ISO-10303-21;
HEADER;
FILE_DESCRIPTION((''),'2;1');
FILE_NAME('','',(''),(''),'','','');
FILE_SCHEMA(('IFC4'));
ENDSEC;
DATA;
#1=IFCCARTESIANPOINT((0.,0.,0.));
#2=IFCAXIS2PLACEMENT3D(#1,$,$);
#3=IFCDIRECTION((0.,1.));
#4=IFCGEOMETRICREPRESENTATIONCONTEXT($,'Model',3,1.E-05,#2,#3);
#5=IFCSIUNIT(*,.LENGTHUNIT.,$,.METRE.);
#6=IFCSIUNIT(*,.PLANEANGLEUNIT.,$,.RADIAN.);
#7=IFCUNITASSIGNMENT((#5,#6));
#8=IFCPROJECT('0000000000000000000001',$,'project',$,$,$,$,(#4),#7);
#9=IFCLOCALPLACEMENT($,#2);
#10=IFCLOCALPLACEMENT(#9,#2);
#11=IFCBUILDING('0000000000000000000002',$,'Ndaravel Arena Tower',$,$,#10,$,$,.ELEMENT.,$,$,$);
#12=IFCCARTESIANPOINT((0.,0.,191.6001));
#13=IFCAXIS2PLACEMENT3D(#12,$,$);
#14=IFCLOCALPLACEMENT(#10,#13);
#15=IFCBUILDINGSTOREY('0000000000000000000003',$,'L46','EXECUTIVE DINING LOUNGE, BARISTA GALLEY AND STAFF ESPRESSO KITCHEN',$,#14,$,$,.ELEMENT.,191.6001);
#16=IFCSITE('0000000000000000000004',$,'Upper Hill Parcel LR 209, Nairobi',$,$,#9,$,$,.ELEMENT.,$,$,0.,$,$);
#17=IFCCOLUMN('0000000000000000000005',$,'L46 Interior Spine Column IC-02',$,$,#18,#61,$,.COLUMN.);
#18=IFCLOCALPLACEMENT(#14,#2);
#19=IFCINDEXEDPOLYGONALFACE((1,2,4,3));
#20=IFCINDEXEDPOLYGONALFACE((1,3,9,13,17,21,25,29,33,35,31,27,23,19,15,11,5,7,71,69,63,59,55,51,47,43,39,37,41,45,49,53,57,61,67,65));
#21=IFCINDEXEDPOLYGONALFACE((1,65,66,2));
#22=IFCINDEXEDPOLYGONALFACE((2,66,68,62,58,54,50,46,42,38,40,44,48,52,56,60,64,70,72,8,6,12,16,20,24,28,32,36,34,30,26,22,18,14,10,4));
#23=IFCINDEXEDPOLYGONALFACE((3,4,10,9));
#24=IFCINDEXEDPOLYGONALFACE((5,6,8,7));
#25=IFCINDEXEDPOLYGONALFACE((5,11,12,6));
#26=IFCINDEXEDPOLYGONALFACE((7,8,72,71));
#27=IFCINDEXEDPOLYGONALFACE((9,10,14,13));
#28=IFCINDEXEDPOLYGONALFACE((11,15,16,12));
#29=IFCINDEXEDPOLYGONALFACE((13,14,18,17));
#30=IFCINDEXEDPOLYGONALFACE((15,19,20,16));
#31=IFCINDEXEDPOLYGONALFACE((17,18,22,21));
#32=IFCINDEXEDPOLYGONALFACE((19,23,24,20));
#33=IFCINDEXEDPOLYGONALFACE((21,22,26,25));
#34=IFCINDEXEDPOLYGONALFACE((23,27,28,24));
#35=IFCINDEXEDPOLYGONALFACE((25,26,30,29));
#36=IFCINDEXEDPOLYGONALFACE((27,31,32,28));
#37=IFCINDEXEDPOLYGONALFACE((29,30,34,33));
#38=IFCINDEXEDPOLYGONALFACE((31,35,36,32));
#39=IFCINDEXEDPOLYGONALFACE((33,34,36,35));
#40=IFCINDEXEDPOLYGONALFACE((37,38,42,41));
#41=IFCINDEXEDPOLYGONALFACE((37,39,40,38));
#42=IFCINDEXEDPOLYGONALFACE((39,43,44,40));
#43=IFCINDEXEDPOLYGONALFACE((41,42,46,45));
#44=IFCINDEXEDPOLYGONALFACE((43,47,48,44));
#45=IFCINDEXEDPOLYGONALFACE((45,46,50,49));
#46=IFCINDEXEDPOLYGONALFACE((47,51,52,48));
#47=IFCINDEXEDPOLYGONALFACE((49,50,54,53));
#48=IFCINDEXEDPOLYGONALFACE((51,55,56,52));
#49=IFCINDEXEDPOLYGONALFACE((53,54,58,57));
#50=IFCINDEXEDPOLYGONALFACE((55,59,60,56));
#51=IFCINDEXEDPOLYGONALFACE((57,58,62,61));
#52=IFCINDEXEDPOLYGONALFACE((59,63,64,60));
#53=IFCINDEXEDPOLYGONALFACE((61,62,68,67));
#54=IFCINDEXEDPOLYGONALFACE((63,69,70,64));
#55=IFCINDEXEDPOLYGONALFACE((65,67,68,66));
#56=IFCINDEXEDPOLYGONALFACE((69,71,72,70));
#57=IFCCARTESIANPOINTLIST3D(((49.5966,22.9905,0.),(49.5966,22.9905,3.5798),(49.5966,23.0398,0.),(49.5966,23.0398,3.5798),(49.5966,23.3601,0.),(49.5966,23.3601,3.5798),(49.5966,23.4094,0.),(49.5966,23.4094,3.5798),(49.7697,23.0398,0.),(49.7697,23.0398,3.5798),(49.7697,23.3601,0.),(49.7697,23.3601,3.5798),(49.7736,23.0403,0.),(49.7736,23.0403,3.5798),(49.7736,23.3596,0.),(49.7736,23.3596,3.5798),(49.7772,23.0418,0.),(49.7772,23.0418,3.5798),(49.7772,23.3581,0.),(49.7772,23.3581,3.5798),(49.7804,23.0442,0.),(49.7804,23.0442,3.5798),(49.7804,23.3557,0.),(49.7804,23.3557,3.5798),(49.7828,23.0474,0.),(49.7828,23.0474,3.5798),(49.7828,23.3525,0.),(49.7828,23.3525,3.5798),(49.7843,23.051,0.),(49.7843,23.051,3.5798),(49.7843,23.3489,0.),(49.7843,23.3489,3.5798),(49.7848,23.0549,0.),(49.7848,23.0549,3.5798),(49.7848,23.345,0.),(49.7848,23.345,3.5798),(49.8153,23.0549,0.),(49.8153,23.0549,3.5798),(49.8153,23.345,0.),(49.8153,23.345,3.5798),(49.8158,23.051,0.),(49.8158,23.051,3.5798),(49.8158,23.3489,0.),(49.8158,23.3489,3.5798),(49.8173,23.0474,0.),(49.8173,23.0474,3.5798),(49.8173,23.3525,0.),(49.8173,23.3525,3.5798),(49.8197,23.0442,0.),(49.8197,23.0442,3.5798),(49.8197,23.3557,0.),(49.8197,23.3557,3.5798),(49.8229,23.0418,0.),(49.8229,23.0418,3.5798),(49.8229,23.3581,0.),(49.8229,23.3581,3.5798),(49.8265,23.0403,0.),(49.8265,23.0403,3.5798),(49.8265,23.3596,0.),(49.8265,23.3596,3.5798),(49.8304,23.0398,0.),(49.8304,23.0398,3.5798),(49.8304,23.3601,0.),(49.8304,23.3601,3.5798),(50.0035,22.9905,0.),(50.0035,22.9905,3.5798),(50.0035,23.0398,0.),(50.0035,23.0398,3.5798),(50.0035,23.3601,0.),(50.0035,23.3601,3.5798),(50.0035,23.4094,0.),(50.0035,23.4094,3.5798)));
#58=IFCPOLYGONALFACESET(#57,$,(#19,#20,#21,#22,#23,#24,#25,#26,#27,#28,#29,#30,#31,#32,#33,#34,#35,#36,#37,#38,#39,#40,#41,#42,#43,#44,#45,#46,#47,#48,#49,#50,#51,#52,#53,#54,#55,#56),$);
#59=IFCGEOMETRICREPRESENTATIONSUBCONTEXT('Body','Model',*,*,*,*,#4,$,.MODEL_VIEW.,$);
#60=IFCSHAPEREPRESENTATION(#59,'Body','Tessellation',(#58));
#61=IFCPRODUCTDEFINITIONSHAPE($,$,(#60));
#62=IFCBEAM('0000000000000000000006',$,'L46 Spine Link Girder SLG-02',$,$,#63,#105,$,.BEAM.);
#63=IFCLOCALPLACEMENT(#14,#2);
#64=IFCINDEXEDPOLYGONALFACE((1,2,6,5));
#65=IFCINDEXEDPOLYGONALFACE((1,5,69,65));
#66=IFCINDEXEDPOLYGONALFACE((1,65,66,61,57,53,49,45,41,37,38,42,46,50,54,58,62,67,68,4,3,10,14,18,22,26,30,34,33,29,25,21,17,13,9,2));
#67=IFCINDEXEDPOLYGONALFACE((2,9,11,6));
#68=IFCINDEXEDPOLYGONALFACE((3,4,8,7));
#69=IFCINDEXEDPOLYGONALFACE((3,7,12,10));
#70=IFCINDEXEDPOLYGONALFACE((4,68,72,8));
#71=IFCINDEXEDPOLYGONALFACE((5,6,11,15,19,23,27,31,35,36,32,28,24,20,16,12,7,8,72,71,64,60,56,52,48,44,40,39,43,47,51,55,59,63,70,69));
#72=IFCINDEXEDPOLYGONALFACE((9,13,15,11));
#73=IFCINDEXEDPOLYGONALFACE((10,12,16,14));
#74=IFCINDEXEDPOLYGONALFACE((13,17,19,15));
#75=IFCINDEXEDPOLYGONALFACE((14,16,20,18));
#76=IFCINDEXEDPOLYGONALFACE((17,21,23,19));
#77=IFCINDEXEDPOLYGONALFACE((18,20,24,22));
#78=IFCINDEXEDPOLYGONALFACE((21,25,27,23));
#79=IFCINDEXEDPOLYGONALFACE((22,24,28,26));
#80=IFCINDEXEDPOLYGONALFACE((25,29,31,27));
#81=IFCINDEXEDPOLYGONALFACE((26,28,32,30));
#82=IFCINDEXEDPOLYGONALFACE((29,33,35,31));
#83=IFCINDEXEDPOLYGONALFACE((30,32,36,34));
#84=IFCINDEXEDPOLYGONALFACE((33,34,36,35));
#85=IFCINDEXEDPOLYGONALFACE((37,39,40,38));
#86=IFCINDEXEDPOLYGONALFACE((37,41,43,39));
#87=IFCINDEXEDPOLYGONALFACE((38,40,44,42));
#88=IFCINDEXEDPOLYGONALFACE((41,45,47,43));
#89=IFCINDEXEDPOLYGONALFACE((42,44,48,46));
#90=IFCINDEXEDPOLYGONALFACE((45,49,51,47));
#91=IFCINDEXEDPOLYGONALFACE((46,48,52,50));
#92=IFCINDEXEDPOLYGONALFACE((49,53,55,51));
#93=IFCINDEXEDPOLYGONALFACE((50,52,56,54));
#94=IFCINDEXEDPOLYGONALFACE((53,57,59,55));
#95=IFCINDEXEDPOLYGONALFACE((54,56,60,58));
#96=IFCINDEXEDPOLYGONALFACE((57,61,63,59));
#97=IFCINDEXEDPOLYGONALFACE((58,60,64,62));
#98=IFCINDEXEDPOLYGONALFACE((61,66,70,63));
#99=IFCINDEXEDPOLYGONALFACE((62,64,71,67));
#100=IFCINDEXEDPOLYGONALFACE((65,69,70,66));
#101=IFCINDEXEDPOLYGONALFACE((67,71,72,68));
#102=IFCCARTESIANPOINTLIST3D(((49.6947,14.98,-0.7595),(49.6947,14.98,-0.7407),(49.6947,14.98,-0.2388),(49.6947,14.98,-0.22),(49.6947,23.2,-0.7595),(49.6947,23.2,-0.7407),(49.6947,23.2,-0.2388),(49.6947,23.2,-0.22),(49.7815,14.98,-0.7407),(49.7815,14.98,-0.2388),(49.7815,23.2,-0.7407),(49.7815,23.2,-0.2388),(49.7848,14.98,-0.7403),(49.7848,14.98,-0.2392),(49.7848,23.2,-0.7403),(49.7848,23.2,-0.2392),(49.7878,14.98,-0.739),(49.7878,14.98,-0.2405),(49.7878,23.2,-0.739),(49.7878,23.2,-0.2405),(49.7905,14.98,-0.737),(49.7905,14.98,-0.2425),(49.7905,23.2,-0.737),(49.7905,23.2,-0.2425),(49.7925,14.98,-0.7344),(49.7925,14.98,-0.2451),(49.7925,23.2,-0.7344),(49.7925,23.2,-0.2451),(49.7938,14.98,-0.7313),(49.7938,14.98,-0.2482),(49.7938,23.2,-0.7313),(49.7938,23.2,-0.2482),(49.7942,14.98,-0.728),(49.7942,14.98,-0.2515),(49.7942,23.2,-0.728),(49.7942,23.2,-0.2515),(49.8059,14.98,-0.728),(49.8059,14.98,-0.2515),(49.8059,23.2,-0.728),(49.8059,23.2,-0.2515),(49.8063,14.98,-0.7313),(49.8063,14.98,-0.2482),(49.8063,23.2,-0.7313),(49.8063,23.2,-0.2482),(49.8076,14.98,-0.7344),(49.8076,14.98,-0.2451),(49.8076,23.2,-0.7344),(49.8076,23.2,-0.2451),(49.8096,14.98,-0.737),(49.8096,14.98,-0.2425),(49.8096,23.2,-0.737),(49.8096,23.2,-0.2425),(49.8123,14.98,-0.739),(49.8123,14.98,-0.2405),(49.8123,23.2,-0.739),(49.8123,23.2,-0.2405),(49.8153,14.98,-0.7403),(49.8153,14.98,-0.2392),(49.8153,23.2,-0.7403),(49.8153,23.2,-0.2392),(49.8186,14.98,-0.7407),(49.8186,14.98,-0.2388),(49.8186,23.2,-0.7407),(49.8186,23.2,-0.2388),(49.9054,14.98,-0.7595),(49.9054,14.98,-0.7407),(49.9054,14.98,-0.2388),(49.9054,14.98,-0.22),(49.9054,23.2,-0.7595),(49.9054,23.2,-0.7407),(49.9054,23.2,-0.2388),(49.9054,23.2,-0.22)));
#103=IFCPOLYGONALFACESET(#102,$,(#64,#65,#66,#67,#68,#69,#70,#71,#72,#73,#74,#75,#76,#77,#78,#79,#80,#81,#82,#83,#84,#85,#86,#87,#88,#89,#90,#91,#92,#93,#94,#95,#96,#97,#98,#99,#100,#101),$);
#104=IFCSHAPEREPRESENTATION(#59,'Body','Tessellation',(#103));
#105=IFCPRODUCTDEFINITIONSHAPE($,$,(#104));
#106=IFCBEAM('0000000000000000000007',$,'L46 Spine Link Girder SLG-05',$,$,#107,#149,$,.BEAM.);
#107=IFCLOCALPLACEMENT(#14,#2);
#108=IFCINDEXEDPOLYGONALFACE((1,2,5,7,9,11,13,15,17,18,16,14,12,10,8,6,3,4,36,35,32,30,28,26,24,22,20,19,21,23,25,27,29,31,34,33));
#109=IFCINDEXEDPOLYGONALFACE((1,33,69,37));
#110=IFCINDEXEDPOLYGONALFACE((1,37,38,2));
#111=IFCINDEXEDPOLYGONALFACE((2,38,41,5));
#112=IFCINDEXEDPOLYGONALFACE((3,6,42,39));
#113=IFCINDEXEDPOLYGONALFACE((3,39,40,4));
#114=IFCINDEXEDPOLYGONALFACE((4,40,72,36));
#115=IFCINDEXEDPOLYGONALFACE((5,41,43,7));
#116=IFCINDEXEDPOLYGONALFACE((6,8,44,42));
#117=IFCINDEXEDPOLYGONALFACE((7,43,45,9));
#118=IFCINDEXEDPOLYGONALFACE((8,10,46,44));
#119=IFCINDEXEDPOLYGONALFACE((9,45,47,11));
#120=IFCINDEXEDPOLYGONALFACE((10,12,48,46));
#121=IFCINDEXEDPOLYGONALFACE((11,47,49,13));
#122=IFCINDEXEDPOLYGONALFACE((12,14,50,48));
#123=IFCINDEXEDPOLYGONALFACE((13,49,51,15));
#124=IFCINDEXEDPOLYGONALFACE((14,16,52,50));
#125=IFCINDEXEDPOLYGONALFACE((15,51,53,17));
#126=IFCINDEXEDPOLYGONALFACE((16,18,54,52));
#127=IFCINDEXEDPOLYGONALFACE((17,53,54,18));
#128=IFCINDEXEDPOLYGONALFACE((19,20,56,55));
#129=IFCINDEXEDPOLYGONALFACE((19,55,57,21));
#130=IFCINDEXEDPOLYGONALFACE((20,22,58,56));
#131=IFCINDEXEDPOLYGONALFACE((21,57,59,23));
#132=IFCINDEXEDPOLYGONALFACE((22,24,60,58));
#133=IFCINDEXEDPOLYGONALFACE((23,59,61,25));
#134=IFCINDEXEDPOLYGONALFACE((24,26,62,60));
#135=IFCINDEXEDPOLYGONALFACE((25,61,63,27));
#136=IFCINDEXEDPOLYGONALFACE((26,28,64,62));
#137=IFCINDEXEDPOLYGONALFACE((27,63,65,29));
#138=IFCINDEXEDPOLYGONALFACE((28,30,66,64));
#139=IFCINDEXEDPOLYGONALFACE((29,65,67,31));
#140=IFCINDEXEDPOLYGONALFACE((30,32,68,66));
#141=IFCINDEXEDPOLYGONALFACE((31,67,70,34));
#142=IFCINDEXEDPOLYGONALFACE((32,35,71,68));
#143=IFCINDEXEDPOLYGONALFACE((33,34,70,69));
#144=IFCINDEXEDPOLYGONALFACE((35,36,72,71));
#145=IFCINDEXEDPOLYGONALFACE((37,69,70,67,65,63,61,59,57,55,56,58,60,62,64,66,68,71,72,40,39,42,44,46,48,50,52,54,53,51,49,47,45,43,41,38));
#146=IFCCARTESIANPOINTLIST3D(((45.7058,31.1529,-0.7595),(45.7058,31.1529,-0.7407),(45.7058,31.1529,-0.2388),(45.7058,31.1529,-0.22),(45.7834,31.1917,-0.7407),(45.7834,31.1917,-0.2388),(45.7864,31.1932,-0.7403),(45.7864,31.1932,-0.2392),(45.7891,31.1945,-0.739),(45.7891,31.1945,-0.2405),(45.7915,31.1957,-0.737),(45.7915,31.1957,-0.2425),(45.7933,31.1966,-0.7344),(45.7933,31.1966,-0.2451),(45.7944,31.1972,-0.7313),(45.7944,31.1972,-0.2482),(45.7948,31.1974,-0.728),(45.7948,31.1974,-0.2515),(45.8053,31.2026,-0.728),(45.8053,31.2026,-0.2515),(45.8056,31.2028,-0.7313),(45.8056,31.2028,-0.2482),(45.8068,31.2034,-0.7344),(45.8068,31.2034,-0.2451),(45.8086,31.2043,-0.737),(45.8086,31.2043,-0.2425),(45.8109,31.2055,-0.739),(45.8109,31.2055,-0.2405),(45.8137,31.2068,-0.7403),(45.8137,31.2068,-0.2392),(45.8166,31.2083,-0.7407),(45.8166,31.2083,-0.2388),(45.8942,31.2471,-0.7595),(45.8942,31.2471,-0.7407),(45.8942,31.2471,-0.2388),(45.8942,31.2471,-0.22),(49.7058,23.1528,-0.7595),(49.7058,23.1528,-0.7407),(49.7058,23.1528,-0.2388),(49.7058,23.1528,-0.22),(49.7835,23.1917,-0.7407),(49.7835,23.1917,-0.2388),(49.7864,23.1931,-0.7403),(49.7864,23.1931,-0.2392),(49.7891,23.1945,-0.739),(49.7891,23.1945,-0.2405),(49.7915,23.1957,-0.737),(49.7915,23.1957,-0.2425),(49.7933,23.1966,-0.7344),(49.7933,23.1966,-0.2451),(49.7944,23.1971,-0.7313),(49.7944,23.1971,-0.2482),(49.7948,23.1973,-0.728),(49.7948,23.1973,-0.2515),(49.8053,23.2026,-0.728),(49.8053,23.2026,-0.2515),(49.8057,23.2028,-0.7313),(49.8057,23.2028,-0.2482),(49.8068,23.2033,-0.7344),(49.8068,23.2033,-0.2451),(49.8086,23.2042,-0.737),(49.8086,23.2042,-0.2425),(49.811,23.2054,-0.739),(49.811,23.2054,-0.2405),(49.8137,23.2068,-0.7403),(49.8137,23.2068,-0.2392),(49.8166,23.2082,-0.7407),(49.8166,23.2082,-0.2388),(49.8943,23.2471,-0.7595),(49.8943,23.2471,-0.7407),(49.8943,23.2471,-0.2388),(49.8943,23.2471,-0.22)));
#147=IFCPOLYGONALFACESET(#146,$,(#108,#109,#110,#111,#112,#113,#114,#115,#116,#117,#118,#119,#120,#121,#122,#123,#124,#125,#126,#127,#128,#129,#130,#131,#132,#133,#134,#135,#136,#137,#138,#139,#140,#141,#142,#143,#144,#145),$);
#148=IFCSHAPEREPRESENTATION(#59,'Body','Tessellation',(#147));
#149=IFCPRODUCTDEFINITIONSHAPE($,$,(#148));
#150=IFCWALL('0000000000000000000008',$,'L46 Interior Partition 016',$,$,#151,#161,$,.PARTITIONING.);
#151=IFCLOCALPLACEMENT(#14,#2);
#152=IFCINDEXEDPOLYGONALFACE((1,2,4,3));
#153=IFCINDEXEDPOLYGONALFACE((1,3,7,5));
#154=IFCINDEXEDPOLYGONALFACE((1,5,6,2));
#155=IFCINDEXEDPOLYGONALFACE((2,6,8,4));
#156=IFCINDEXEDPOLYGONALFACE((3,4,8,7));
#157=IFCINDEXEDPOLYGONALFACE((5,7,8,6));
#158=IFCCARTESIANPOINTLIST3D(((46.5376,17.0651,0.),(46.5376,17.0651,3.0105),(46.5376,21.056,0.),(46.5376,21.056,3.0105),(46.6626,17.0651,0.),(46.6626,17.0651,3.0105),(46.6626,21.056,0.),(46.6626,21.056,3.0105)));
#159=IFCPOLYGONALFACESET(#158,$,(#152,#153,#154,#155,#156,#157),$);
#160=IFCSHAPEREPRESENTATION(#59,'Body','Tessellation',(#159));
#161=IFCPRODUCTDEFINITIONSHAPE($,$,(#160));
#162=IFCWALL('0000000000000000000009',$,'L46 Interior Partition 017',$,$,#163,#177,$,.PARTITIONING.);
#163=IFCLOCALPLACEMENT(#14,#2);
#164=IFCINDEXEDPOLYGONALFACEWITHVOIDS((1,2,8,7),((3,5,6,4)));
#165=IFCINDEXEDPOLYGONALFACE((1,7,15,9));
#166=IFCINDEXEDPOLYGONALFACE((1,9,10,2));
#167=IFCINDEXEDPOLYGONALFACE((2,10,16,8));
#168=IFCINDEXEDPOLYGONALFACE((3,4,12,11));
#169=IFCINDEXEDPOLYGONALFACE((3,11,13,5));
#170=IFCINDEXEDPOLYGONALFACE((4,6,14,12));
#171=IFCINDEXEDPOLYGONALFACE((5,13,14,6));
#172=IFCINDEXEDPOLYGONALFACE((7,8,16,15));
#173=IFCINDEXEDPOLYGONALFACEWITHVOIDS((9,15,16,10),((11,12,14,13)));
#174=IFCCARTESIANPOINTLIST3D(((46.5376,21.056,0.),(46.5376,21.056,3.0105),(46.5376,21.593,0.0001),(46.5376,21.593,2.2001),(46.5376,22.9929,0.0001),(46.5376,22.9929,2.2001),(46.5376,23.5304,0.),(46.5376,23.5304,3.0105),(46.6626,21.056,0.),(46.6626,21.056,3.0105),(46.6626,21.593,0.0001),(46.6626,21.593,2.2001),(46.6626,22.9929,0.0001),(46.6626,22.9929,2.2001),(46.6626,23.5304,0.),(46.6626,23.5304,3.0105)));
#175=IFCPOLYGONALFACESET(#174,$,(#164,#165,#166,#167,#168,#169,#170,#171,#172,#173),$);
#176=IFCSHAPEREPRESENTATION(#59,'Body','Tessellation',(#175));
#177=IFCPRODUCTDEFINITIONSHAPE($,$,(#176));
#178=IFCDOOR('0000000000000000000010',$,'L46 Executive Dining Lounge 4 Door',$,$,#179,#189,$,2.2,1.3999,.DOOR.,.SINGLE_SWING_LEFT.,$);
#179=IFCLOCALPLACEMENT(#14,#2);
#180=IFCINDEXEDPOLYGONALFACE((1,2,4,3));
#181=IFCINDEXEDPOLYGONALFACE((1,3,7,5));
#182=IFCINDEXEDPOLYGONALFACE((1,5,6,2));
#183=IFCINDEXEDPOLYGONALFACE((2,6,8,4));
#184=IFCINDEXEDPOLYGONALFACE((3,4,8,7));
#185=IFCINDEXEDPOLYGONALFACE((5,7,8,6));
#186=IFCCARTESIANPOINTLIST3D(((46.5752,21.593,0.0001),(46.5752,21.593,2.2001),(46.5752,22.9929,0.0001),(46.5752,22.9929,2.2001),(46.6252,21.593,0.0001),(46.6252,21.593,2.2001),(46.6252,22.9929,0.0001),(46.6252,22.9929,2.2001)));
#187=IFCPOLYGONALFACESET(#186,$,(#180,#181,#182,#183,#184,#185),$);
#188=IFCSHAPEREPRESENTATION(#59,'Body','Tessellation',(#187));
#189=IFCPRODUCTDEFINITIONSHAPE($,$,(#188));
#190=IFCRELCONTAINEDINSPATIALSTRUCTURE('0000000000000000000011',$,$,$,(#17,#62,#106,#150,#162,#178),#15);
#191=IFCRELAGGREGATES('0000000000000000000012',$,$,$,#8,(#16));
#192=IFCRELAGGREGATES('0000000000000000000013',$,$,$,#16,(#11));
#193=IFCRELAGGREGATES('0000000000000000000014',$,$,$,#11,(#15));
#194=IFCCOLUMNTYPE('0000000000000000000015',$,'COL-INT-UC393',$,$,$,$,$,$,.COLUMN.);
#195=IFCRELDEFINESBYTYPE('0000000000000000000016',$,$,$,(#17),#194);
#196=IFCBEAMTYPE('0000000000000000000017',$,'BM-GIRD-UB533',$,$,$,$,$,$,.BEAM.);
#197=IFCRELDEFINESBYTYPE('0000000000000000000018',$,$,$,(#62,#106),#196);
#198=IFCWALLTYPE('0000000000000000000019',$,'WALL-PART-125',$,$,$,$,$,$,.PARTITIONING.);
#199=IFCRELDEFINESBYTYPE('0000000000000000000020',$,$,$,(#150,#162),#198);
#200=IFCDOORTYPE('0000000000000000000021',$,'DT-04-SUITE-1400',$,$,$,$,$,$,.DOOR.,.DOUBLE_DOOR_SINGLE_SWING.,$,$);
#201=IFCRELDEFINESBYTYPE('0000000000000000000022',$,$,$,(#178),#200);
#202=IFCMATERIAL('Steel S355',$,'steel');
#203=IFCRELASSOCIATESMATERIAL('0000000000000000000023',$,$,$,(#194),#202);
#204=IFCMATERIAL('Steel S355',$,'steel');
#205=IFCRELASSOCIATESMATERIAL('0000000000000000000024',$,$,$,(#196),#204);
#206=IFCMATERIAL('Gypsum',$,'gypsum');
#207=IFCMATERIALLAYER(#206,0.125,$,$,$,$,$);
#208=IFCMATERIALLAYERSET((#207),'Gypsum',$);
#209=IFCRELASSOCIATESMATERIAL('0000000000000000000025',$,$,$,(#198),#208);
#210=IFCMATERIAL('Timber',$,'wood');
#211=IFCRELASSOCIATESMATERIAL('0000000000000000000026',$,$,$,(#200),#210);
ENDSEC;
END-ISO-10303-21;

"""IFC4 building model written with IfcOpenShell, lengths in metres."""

from ifc_helpers import new_model, si_unit, direction, frame, frame_2d, origin, origin_2d, place, context, subcontext, project, spatial, rectangle, i_section, extrude, material, layer, layer_set, material_profile, profile_set, type_object, element, fill, save


model = new_model("IFC4")

# Units and contexts
model_context = context("Model", 3, precision=1e-05, world=origin(), true_north=direction((0.0, 1.0)))
body_context = subcontext(model_context, "Body", "Model", "MODEL_VIEW")
ifc_project = project(units=[si_unit("LENGTHUNIT", "METRE"), si_unit("PLANEANGLEUNIT", "RADIAN")], contexts=[model_context])

# Site, building, storey
site_placement = place(None, origin())
site = spatial("IfcSite", under=ifc_project, at=site_placement, Name="Upper Hill Parcel LR 209, Nairobi", CompositionType="ELEMENT", RefElevation=0.0)
building_placement = place(site_placement, origin())
building = spatial("IfcBuilding", under=site, at=building_placement, Name="Ndaravel Arena Tower", CompositionType="ELEMENT")
storey_placement = place(building_placement, frame((0.0, 0.0, 191.6001)))
storey = spatial("IfcBuildingStorey", under=building, at=storey_placement, Name="L46", Description="EXECUTIVE DINING LOUNGE, BARISTA GALLEY AND STAFF ESPRESSO KITCHEN", CompositionType="ELEMENT", Elevation=191.6001)

# Column
ifc_material_1 = material(Name="Steel S355", Category="steel")
ifc_material_profile_1 = material_profile(ifc_material_1, i_section(OverallWidth=0.407, OverallDepth=0.4189, WebThickness=0.0305, FlangeThickness=0.0493, FilletRadius=0.0151, at=origin_2d()), Name="UC 356x406x393")
ifc_profile_set_1 = profile_set([ifc_material_profile_1], Name="Steel S355")
column_type = type_object("IfcColumnType", Name="COL-INT-UC393", PredefinedType="COLUMN", material=ifc_profile_set_1)
column_placement = place(storey_placement, frame((49.8, 23.2, 0.0), z_axis=(0.0, 0.0, 1.0), x_axis=(1.0, 0.0, 0.0)))
element("IfcColumn", 1, at=column_placement, inside=storey, type_object=column_type, Name="L46 Interior Spine Column IC-02", PredefinedType="COLUMN", context=body_context, shape_type="SweptSolid", body=[
    extrude(i_section(OverallWidth=0.407, OverallDepth=0.4189, WebThickness=0.0305, FlangeThickness=0.0493, FilletRadius=0.0151, at=origin_2d()), origin(), (0.0, 0.0, 1.0), 3.5798),
])

# Beams
ifc_material_2 = material(Name="Steel S355", Category="steel")
ifc_material_profile_2 = material_profile(ifc_material_2, i_section(OverallWidth=0.2107, OverallDepth=0.5396, WebThickness=0.0117, FlangeThickness=0.0188, FilletRadius=0.0127, at=origin_2d()), Name="UB 533x210x109")
ifc_profile_set_2 = profile_set([ifc_material_profile_2], Name="Steel S355")
beam_type = type_object("IfcBeamType", Name="BM-GIRD-UB533", PredefinedType="BEAM", material=ifc_profile_set_2)
beam_1_placement = place(storey_placement, frame((49.8, 14.98, -0.4897), z_axis=(0.0, 1.0, 0.0), x_axis=(-1.0, 0.0, 0.0)))
element("IfcBeam", 2, at=beam_1_placement, inside=storey, type_object=beam_type, Name="L46 Spine Link Girder SLG-02", PredefinedType="BEAM", context=body_context, shape_type="SweptSolid", body=[
    extrude(i_section(OverallWidth=0.2107, OverallDepth=0.5396, WebThickness=0.0117, FlangeThickness=0.0188, FilletRadius=0.0127, at=origin_2d()), origin(), (0.0, 0.0, 1.0), 8.22),
])
beam_2_placement = place(storey_placement, frame((49.8, 23.2, -0.4897), z_axis=(-0.447214, 0.894427, 0.0), x_axis=(-0.894427, -0.447214, 0.0)))
element("IfcBeam", 3, at=beam_2_placement, inside=storey, type_object=beam_type, Name="L46 Spine Link Girder SLG-05", PredefinedType="BEAM", context=body_context, shape_type="SweptSolid", body=[
    extrude(i_section(OverallWidth=0.2107, OverallDepth=0.5396, WebThickness=0.0117, FlangeThickness=0.0188, FilletRadius=0.0127, at=origin_2d()), origin(), (0.0, 0.0, 1.0), 8.9443),
])

# Wall
ifc_material_3 = material(Name="Gypsum", Category="gypsum")
ifc_layer_1 = layer(ifc_material_3, 0.125)
ifc_layer_set_1 = layer_set([ifc_layer_1], Name="Gypsum")
wall_type_1 = type_object("IfcWallType", Name="WALL-PART-125", PredefinedType="PARTITIONING", material=ifc_layer_set_1)
wall_1_placement = place(storey_placement, frame((46.6001, 17.0649, 0.0), z_axis=(0.0, 0.0, 1.0), x_axis=(0.0, 1.0, 0.0)))
element("IfcWall", 4, at=wall_1_placement, inside=storey, type_object=wall_type_1, Name="L46 Interior Partition 016", PredefinedType="PARTITIONING", context=body_context, shape_type="SweptSolid", body=[
    extrude(rectangle(XDim=3.991, YDim=0.125, at=frame_2d((1.9956, 0.0))), origin(), (0.0, 0.0, 1.0), 3.0105),
])

# Wall, opening, door
wall_2_placement = place(storey_placement, frame((46.6001, 21.0559, 0.0), z_axis=(0.0, 0.0, 1.0), x_axis=(0.0, 1.0, 0.0)))
wall_2 = element("IfcWall", 5, at=wall_2_placement, inside=storey, type_object=wall_type_1, Name="L46 Interior Partition 017", PredefinedType="PARTITIONING", context=body_context, shape_type="SweptSolid", body=[
    extrude(rectangle(XDim=2.4744, YDim=0.125, at=frame_2d((1.2373, 0.0))), origin(), (0.0, 0.0, 1.0), 3.0105),
])
opening_1_placement = place(wall_2_placement, frame((0.5371, 0.0, 0.0)))
opening_1 = element("IfcOpeningElement", 6, at=opening_1_placement, cuts=wall_2, PredefinedType="OPENING", context=body_context, shape_type="SweptSolid", body=[
    extrude(rectangle(XDim=1.3999, YDim=2.2, at=frame_2d((0.7, 1.1001))), frame((0.0, 0.0625, 0.0), z_axis=(0.0, -1.0, 0.0), x_axis=(1.0, 0.0, 0.0)), (0.0, 0.0, 1.0), 0.125),
])
ifc_material_4 = material(Name="Timber", Category="wood")
door_type_1 = type_object("IfcDoorType", Name="DT-04-SUITE-1400", OperationType="DOUBLE_DOOR_SINGLE_SWING", PredefinedType="DOOR", material=ifc_material_4)
door_1_placement = place(opening_1_placement, origin())
door_1 = element("IfcDoor", 7, at=door_1_placement, inside=storey, type_object=door_type_1, Name="L46 Executive Dining Lounge 4 Door", OperationType="SINGLE_SWING_LEFT", OverallHeight=2.2, OverallWidth=1.3999, PredefinedType="DOOR", context=body_context, shape_type="SweptSolid", body=[
    extrude(rectangle(XDim=1.3999, YDim=2.2, at=frame_2d((0.7, 1.1001))), frame((0.0, 0.0249, 0.0), z_axis=(0.0, -1.0, 0.0), x_axis=(1.0, 0.0, 0.0)), (0.0, 0.0, 1.0), 0.05),
])
fill(opening_1, door_1)

save(model, "model.ifc")
